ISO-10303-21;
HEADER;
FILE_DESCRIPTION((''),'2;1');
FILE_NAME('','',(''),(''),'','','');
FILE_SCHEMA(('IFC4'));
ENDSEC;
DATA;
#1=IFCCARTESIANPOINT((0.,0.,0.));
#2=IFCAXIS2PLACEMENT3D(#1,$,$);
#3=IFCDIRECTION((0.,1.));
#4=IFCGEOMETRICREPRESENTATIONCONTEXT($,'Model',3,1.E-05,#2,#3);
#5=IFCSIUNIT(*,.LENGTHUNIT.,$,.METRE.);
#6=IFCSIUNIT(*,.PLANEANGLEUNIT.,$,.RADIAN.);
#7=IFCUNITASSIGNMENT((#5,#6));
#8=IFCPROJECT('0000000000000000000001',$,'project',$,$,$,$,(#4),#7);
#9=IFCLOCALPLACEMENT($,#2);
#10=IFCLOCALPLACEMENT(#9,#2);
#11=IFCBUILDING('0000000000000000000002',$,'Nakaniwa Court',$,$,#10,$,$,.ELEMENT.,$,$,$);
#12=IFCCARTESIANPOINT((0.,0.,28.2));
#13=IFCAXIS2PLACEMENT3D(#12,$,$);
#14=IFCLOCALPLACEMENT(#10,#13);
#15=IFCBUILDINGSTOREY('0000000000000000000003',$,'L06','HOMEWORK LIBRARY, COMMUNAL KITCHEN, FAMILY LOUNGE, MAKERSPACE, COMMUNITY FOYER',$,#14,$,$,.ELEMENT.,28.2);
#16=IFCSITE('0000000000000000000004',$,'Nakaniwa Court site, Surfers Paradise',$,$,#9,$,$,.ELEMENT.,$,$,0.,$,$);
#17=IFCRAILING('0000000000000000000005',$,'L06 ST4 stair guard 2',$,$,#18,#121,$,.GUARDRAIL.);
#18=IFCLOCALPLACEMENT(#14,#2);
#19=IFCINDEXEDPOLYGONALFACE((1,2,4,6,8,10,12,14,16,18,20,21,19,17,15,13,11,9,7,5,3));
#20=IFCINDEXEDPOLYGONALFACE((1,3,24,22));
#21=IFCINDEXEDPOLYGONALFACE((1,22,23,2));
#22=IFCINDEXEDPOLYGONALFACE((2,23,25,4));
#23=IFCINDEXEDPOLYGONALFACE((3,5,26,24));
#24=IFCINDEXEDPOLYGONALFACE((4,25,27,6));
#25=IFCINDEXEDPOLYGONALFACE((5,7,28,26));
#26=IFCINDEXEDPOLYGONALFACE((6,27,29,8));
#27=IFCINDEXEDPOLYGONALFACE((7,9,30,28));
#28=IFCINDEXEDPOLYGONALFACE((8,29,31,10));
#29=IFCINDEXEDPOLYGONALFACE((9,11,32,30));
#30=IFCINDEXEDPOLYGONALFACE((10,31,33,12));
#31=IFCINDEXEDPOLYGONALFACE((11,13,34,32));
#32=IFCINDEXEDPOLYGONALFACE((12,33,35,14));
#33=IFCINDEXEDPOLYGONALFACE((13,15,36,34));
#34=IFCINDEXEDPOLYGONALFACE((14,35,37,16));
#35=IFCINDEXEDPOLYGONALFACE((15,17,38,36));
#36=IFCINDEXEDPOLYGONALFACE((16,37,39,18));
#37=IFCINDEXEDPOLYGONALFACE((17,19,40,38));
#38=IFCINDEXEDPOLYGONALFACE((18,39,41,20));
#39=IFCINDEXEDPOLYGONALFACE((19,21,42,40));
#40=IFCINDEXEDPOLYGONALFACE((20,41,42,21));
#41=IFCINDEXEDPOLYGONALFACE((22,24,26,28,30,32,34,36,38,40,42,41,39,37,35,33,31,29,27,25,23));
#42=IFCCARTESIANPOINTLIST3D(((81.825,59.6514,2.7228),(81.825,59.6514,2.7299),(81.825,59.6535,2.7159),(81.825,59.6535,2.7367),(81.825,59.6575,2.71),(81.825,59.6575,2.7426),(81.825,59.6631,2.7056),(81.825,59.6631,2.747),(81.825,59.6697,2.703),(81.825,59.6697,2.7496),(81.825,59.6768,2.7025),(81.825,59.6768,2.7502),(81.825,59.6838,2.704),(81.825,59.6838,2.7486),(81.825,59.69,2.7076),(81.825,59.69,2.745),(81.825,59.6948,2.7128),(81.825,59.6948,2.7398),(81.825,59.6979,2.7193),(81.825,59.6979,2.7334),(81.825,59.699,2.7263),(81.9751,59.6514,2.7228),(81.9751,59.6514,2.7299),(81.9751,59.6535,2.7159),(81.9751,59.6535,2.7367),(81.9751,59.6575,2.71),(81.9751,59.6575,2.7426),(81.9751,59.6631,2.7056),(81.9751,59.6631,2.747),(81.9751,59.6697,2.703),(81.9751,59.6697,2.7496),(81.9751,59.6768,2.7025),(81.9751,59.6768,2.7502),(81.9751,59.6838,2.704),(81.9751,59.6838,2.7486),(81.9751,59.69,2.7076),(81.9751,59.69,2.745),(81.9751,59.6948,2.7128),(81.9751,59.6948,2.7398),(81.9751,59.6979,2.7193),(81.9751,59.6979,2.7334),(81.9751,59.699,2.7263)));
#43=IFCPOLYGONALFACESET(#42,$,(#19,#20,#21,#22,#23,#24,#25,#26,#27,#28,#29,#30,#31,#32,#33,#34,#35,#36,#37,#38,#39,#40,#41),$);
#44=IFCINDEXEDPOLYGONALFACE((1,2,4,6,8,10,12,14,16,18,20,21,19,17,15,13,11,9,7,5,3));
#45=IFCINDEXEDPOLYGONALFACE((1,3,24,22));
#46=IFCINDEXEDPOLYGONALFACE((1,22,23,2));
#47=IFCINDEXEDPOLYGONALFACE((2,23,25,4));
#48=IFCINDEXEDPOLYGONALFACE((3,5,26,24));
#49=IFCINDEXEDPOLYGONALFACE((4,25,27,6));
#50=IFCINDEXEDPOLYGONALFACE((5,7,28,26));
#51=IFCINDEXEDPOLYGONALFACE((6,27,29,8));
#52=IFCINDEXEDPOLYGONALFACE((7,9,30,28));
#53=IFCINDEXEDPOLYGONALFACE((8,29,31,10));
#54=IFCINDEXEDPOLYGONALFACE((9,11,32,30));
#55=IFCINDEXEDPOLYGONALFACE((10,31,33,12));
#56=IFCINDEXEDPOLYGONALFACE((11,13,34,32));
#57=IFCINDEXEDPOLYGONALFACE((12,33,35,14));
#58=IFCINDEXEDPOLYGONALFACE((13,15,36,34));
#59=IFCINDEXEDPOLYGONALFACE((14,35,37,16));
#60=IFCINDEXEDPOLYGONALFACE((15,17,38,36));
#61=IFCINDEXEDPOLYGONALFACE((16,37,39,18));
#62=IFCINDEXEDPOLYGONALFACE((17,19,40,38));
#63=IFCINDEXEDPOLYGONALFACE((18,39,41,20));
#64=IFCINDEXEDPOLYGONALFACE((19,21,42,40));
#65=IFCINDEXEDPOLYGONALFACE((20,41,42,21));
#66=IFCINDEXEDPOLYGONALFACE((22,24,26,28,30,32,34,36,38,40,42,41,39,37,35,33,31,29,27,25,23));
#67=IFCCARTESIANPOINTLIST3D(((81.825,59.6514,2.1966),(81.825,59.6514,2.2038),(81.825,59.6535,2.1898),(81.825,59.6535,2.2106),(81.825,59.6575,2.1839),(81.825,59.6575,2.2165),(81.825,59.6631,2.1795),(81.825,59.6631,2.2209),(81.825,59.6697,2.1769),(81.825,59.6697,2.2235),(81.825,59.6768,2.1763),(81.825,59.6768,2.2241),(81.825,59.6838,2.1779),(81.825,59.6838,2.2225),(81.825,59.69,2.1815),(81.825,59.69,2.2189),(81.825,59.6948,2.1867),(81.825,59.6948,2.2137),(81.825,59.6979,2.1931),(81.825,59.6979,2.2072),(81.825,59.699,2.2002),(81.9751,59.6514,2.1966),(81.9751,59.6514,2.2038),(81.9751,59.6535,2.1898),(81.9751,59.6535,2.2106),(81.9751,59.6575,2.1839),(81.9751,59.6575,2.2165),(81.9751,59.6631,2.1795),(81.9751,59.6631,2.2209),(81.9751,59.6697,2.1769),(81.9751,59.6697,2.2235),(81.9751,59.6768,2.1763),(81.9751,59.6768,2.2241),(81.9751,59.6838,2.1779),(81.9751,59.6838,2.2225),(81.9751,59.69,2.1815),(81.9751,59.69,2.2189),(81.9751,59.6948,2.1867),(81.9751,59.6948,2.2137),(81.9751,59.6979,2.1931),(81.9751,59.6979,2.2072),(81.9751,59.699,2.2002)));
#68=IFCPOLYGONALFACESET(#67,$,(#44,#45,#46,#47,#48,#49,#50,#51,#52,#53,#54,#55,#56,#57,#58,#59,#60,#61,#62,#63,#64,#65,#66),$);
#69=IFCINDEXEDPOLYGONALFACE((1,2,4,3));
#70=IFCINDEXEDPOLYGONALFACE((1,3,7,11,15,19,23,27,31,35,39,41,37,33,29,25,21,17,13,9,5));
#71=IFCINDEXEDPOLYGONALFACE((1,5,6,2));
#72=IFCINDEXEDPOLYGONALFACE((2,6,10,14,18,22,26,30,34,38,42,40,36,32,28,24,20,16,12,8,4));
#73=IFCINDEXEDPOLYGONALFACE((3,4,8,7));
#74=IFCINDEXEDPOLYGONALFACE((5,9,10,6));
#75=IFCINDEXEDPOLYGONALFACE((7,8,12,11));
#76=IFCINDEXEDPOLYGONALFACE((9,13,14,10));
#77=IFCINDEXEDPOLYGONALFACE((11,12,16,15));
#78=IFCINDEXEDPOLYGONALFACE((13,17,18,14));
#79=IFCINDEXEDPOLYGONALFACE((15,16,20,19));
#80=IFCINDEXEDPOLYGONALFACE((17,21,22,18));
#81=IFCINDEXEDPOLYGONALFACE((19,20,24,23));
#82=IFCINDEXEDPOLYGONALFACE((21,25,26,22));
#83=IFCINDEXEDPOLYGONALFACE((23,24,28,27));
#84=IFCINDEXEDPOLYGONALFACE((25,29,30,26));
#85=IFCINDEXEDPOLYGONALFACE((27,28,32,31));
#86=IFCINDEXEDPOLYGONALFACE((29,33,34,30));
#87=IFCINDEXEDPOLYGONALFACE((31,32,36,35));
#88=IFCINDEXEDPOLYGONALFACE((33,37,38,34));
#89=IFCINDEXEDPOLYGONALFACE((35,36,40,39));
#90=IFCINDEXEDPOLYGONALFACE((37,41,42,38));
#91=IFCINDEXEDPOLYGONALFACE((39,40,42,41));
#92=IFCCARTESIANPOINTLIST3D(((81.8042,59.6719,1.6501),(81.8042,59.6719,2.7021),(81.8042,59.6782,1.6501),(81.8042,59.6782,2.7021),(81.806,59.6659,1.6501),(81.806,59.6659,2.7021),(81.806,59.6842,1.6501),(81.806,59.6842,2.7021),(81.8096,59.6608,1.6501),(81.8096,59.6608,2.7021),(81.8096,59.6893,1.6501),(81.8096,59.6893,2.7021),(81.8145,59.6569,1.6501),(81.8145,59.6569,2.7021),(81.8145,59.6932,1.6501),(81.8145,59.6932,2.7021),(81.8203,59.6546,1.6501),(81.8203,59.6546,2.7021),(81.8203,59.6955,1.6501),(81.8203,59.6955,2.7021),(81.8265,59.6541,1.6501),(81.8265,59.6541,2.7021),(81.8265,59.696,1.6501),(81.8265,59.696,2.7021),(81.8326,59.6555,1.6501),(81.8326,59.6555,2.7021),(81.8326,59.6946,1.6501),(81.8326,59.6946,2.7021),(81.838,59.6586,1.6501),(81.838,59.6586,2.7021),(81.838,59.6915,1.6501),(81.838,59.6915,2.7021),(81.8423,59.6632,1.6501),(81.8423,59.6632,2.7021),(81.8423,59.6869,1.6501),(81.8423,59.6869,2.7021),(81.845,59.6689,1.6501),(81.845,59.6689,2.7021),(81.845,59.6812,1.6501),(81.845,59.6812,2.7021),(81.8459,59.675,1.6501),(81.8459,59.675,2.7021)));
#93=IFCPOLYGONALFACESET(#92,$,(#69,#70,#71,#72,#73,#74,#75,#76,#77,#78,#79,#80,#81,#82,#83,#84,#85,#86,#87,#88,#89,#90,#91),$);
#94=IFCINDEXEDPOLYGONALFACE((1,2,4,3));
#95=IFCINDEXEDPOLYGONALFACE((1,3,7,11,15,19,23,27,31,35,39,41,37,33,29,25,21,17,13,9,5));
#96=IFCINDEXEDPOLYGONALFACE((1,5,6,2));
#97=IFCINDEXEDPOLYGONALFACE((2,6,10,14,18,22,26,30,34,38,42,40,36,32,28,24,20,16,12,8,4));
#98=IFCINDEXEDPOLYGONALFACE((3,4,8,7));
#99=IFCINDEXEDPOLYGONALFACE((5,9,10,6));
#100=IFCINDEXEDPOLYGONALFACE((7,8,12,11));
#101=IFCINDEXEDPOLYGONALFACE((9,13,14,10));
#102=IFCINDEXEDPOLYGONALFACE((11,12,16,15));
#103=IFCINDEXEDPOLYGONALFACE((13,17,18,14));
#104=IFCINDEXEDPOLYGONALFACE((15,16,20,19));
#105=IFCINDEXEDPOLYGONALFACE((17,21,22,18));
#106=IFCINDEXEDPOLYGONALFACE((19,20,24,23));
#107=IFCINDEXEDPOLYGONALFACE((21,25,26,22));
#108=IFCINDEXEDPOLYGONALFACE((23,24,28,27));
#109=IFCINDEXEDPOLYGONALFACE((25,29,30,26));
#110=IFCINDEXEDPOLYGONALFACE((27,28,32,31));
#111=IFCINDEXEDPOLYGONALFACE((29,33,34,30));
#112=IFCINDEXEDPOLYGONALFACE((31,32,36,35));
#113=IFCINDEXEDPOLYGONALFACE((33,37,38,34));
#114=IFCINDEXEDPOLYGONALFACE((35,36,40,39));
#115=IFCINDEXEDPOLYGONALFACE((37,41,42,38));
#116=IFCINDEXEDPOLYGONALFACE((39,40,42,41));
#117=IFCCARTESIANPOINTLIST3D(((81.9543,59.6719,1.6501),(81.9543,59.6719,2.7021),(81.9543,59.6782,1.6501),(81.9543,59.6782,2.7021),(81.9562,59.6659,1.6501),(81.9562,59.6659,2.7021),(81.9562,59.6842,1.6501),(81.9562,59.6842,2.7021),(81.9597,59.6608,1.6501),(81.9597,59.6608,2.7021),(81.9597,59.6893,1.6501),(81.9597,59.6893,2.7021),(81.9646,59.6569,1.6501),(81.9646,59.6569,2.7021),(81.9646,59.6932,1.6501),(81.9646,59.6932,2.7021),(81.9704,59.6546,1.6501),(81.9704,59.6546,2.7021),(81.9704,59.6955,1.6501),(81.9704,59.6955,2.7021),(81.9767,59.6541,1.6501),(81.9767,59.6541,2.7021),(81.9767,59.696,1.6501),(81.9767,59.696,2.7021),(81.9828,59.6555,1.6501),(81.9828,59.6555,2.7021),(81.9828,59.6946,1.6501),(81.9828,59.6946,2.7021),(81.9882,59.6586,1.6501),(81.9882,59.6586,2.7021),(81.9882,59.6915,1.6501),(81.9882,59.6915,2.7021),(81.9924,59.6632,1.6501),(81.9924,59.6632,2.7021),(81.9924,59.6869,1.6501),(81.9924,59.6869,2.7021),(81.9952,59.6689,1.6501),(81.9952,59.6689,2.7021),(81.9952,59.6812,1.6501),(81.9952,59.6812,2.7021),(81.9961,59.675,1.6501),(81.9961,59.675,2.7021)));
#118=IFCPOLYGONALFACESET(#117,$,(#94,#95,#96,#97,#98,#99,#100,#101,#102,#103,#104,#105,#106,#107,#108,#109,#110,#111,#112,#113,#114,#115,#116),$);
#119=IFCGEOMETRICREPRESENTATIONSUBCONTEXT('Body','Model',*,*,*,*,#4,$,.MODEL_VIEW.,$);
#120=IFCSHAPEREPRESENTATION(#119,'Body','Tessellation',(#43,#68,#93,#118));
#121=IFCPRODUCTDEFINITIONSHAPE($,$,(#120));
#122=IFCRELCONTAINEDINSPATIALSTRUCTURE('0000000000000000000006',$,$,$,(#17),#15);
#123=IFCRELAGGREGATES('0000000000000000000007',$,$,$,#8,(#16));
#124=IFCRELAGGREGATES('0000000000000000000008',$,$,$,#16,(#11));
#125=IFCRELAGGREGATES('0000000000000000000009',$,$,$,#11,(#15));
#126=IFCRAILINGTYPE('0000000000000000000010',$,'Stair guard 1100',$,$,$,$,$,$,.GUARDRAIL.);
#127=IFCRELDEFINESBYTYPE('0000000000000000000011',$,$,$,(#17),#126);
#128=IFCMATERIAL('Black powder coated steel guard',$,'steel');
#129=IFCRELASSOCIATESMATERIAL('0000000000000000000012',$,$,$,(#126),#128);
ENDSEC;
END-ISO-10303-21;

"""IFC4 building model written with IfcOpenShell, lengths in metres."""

from ifc_helpers import new_model, si_unit, direction, frame, origin, origin_2d, place, context, subcontext, project, spatial, circle, extrude, material, type_object, element, save


model = new_model("IFC4")

# Units and contexts
model_context = context("Model", 3, precision=1e-05, world=origin(), true_north=direction((0.0, 1.0)))
body_context = subcontext(model_context, "Body", "Model", "MODEL_VIEW")
ifc_project = project(units=[si_unit("LENGTHUNIT", "METRE"), si_unit("PLANEANGLEUNIT", "RADIAN")], contexts=[model_context])

# Site, building, storey
site_placement = place(None, origin())
site = spatial("IfcSite", under=ifc_project, at=site_placement, Name="Nakaniwa Court site, Surfers Paradise", CompositionType="ELEMENT", RefElevation=0.0)
building_placement = place(site_placement, origin())
building = spatial("IfcBuilding", under=site, at=building_placement, Name="Nakaniwa Court", CompositionType="ELEMENT")
storey_placement = place(building_placement, frame((0.0, 0.0, 28.2)))
storey = spatial("IfcBuildingStorey", under=building, at=storey_placement, Name="L06", Description="HOMEWORK LIBRARY, COMMUNAL KITCHEN, FAMILY LOUNGE, MAKERSPACE, COMMUNITY FOYER", CompositionType="ELEMENT", Elevation=28.2)

# Railing
ifc_material_1 = material(Name="Black powder coated steel guard", Category="steel")
railing_type_1 = type_object("IfcRailingType", Name="Stair guard 1100", PredefinedType="GUARDRAIL", material=ifc_material_1)
railing_1_placement = place(storey_placement, frame((81.825, 59.675, 1.6501)))
element("IfcRailing", 1, at=railing_1_placement, inside=storey, type_object=railing_type_1, Name="L06 ST4 stair guard 2", PredefinedType="GUARDRAIL", context=body_context, shape_type="SweptSolid", body=[
    extrude(circle(Radius=0.0239, at=origin_2d()), frame((0.0, 0.0, 1.0762), z_axis=(1.0, 0.0, 0.0), x_axis=(0.0, 1.0, 0.0)), (0.0, 0.0, 1.0), 0.1501),
    extrude(circle(Radius=0.0239, at=origin_2d()), frame((0.0, 0.0, 0.55), z_axis=(1.0, 0.0, 0.0), x_axis=(0.0, 1.0, 0.0)), (0.0, 0.0, 1.0), 0.1501),
    extrude(circle(Radius=0.021, at=origin_2d()), origin(), (0.0, 0.0, 1.0), 1.052),
    extrude(circle(Radius=0.021, at=origin_2d()), frame((0.1501, 0.0, 0.0)), (0.0, 0.0, 1.0), 1.052),
])

save(model, "model.ifc")
